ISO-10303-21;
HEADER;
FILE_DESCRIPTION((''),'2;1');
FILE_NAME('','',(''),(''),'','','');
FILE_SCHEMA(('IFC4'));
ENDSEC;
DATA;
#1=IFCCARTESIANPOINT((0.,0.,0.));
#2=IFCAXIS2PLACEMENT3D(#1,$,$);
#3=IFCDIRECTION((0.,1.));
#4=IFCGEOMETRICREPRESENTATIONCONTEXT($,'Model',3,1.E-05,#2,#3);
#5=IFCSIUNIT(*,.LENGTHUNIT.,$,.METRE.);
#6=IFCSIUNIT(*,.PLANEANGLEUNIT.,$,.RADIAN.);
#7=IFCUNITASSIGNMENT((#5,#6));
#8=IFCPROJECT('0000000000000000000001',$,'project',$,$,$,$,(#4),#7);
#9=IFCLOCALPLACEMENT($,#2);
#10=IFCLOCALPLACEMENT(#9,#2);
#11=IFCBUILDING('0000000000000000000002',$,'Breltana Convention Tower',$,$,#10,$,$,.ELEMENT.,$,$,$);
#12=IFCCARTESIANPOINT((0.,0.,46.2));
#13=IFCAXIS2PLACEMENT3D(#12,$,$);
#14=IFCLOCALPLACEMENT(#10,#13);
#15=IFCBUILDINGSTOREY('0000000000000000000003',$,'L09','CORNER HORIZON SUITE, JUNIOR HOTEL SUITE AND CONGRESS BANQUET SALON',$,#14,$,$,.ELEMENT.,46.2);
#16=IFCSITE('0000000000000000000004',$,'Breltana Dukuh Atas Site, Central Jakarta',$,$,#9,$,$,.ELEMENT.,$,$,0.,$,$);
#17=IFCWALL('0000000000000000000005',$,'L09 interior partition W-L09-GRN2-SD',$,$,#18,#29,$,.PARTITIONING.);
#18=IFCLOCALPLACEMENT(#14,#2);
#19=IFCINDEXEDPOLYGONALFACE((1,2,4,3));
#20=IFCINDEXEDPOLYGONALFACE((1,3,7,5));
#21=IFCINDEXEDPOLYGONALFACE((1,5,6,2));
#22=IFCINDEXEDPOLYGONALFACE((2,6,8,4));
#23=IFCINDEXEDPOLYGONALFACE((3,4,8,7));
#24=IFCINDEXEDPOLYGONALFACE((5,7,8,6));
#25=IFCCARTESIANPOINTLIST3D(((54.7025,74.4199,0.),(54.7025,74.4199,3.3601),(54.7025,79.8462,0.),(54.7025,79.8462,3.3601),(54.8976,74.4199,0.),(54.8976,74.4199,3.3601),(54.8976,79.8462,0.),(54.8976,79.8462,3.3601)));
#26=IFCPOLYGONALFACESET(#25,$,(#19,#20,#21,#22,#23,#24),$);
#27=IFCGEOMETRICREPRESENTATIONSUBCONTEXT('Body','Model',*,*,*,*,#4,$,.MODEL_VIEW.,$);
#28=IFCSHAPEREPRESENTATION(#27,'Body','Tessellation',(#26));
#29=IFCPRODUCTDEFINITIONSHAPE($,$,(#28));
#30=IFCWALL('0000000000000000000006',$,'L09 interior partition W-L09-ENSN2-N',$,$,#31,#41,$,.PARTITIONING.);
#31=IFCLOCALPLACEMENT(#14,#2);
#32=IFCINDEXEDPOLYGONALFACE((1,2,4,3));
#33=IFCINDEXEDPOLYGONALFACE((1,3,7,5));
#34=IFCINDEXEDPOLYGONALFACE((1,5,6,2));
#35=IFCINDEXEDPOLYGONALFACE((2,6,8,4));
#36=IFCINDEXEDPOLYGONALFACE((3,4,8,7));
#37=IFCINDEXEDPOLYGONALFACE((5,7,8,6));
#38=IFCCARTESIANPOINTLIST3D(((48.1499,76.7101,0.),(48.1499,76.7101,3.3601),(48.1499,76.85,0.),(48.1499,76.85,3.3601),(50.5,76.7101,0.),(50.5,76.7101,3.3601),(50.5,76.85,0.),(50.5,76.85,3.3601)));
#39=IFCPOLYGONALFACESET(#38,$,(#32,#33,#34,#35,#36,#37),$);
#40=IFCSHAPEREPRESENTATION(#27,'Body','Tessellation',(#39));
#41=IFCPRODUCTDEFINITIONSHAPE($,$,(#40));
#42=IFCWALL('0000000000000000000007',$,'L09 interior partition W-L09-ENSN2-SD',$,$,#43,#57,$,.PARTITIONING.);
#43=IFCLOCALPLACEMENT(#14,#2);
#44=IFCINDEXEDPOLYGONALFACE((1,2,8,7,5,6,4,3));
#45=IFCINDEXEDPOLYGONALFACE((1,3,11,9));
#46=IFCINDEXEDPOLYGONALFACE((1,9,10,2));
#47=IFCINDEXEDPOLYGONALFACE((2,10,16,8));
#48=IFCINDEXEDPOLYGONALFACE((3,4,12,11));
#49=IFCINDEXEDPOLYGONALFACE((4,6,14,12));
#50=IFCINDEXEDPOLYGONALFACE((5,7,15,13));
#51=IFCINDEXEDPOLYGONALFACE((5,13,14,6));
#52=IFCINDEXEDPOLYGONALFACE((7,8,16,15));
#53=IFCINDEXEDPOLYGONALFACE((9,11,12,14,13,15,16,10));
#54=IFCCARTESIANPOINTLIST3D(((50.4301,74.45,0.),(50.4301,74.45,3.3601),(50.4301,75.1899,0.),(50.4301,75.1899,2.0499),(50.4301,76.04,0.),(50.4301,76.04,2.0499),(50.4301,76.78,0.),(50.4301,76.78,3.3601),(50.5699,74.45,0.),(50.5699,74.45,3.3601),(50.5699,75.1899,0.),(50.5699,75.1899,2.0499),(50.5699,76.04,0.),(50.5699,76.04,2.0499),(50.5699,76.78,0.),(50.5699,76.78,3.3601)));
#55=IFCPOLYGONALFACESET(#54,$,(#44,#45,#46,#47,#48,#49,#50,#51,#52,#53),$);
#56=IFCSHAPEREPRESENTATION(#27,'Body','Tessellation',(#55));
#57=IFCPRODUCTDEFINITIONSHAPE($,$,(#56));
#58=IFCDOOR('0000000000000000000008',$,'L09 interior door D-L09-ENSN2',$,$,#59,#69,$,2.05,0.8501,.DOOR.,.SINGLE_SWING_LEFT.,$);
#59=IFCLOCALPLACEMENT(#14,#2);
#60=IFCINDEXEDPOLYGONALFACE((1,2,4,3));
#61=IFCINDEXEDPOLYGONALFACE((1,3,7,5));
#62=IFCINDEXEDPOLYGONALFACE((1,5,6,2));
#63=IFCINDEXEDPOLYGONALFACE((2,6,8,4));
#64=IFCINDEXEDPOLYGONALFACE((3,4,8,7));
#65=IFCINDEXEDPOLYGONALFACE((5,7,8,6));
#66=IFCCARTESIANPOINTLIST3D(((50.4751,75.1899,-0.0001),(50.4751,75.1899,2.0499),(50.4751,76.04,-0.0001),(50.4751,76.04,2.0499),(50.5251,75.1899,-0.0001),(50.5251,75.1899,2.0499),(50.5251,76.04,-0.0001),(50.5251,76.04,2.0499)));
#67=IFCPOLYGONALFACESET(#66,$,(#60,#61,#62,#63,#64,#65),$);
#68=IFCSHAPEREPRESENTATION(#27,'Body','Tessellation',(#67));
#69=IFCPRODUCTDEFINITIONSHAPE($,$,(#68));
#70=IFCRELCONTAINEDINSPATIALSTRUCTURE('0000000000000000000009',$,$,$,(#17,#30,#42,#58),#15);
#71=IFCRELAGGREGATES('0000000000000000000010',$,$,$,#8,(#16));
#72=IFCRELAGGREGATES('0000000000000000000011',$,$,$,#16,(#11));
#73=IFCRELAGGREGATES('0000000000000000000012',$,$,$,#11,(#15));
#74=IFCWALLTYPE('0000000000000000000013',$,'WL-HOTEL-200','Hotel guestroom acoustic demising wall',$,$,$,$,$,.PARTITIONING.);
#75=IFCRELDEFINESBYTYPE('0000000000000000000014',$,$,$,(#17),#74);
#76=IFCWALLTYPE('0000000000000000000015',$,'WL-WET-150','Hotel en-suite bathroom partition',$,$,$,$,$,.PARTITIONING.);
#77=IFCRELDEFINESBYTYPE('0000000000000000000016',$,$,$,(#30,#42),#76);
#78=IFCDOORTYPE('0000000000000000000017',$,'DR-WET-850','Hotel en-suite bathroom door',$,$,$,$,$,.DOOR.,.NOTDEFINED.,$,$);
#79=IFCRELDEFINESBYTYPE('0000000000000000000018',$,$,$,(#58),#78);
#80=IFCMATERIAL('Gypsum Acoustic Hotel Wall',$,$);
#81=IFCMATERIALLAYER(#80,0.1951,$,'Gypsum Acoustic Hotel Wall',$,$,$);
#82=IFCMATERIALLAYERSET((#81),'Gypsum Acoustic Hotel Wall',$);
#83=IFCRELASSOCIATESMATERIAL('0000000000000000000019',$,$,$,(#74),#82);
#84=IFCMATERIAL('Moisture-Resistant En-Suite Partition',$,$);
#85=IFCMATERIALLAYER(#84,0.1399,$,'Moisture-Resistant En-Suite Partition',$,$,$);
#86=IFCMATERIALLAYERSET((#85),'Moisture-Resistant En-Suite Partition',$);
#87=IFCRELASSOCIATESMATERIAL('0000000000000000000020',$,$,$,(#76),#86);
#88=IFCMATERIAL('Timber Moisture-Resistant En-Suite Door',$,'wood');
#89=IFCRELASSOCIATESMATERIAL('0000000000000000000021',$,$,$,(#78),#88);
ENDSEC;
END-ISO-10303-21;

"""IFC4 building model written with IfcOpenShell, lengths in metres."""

from ifc_helpers import new_model, si_unit, direction, frame, frame_2d, origin, place, context, subcontext, project, spatial, rectangle, extrude, source, transform, mapped, material, layer, layer_set, type_object, type_shapes, element, fill, save


model = new_model("IFC4")

# Units and contexts
model_context = context("Model", 3, precision=1e-05, world=origin(), true_north=direction((0.0, 1.0)))
body_context = subcontext(model_context, "Body", "Model", "MODEL_VIEW")
ifc_project = project(units=[si_unit("LENGTHUNIT", "METRE"), si_unit("PLANEANGLEUNIT", "RADIAN")], contexts=[model_context])

# Site, building, storey
site_placement = place(None, origin())
site = spatial("IfcSite", under=ifc_project, at=site_placement, Name="Breltana Dukuh Atas Site, Central Jakarta", CompositionType="ELEMENT", RefElevation=0.0)
building_placement = place(site_placement, origin())
building = spatial("IfcBuilding", under=site, at=building_placement, Name="Breltana Convention Tower", CompositionType="ELEMENT")
storey_placement = place(building_placement, frame((0.0, 0.0, 46.2)))
storey = spatial("IfcBuildingStorey", under=building, at=storey_placement, Name="L09", Description="CORNER HORIZON SUITE, JUNIOR HOTEL SUITE AND CONGRESS BANQUET SALON", CompositionType="ELEMENT", Elevation=46.2)

# Shared definitions
ifc_material_1 = material(Name="Gypsum Acoustic Hotel Wall")
ifc_layer_1 = layer(ifc_material_1, 0.1951, Name="Gypsum Acoustic Hotel Wall")
ifc_layer_set_1 = layer_set([ifc_layer_1], Name="Gypsum Acoustic Hotel Wall")
wall_type_1 = type_object("IfcWallType", Name="WL-HOTEL-200", Description="Hotel guestroom acoustic demising wall", PredefinedType="PARTITIONING", material=ifc_layer_set_1)

# Walls
shared_shape_1 = source(origin(), body_context, "Body", "SweptSolid", [
    extrude(rectangle(XDim=5.4263, YDim=0.1951, at=frame_2d((2.7131, 0.0))), origin(), (0.0, 0.0, 1.0), 3.3601),
])
wall_1_placement = place(storey_placement, frame((54.8, 74.4199, 0.0), z_axis=(0.0, 0.0, 1.0), x_axis=(0.0, 1.0, 0.0)))
element("IfcWall", 1, at=wall_1_placement, inside=storey, type_object=wall_type_1, Name="L09 interior partition W-L09-GRN2-SD", PredefinedType="PARTITIONING", context=body_context, shape_type="MappedRepresentation", body=[
    mapped(shared_shape_1, transform((0.0, 0.0, 0.0), scale=1.0)),
])
ifc_material_2 = material(Name="Moisture-Resistant En-Suite Partition")
ifc_layer_2 = layer(ifc_material_2, 0.1399, Name="Moisture-Resistant En-Suite Partition")
ifc_layer_set_2 = layer_set([ifc_layer_2], Name="Moisture-Resistant En-Suite Partition")
wall_type_2 = type_object("IfcWallType", Name="WL-WET-150", Description="Hotel en-suite bathroom partition", PredefinedType="PARTITIONING", material=ifc_layer_set_2)
shared_shape_2 = source(origin(), body_context, "Body", "SweptSolid", [
    extrude(rectangle(XDim=2.3501, YDim=0.1399, at=frame_2d((1.175, 0.0))), origin(), (0.0, 0.0, 1.0), 3.3601),
])
type_shapes(wall_type_2, [shared_shape_2])
wall_2_placement = place(storey_placement, frame((48.1499, 76.78, 0.0), z_axis=(0.0, 0.0, 1.0), x_axis=(1.0, 0.0, 0.0)))
element("IfcWall", 2, at=wall_2_placement, inside=storey, type_object=wall_type_2, Name="L09 interior partition W-L09-ENSN2-N", PredefinedType="PARTITIONING", context=body_context, shape_type="MappedRepresentation", body=[
    mapped(shared_shape_2, transform((0.0, 0.0, 0.0), scale=1.0)),
])

# Wall, opening, door
shared_shape_3 = source(origin(), body_context, "Body", "SweptSolid", [
    extrude(rectangle(XDim=2.3301, YDim=0.1399, at=frame_2d((1.165, 0.0))), origin(), (0.0, 0.0, 1.0), 3.3601),
])
wall_3_placement = place(storey_placement, frame((50.5, 74.45, 0.0), z_axis=(0.0, 0.0, 1.0), x_axis=(0.0, 1.0, 0.0)))
wall_3 = element("IfcWall", 3, at=wall_3_placement, inside=storey, type_object=wall_type_2, Name="L09 interior partition W-L09-ENSN2-SD", PredefinedType="PARTITIONING", context=body_context, shape_type="MappedRepresentation", body=[
    mapped(shared_shape_3, transform((0.0, 0.0, 0.0), scale=1.0)),
])
opening_1_placement = place(wall_3_placement, frame((0.74, 0.0, 0.0)))
opening_1 = element("IfcOpeningElement", 4, at=opening_1_placement, cuts=wall_3, PredefinedType="OPENING", context=body_context, shape_type="SweptSolid", body=[
    extrude(rectangle(XDim=0.8501, YDim=2.05, at=frame_2d((0.425, 1.0249))), frame((0.0, 0.0801, 0.0), z_axis=(0.0, -1.0, 0.0), x_axis=(1.0, 0.0, 0.0)), (0.0, 0.0, 1.0), 0.1599),
])
ifc_material_3 = material(Name="Timber Moisture-Resistant En-Suite Door", Category="wood")
door_type_1 = type_object("IfcDoorType", Name="DR-WET-850", Description="Hotel en-suite bathroom door", OperationType="NOTDEFINED", PredefinedType="DOOR", material=ifc_material_3)
shared_shape_4 = source(origin(), body_context, "Body", "SweptSolid", [
    extrude(rectangle(XDim=0.8501, YDim=2.05, at=frame_2d((0.425, 1.0249))), frame((0.0, 0.0249, 0.0), z_axis=(0.0, -1.0, 0.0), x_axis=(1.0, 0.0, 0.0)), (0.0, 0.0, 1.0), 0.05),
])
type_shapes(door_type_1, [shared_shape_4])
door_1_placement = place(opening_1_placement, origin())
door_1 = element("IfcDoor", 5, at=door_1_placement, inside=storey, type_object=door_type_1, Name="L09 interior door D-L09-ENSN2", OperationType="SINGLE_SWING_LEFT", OverallHeight=2.05, OverallWidth=0.8501, PredefinedType="DOOR", context=body_context, shape_type="MappedRepresentation", body=[
    mapped(shared_shape_4, transform((0.0, 0.0, 0.0), scale=1.0)),
])
fill(opening_1, door_1)

save(model, "model.ifc")
